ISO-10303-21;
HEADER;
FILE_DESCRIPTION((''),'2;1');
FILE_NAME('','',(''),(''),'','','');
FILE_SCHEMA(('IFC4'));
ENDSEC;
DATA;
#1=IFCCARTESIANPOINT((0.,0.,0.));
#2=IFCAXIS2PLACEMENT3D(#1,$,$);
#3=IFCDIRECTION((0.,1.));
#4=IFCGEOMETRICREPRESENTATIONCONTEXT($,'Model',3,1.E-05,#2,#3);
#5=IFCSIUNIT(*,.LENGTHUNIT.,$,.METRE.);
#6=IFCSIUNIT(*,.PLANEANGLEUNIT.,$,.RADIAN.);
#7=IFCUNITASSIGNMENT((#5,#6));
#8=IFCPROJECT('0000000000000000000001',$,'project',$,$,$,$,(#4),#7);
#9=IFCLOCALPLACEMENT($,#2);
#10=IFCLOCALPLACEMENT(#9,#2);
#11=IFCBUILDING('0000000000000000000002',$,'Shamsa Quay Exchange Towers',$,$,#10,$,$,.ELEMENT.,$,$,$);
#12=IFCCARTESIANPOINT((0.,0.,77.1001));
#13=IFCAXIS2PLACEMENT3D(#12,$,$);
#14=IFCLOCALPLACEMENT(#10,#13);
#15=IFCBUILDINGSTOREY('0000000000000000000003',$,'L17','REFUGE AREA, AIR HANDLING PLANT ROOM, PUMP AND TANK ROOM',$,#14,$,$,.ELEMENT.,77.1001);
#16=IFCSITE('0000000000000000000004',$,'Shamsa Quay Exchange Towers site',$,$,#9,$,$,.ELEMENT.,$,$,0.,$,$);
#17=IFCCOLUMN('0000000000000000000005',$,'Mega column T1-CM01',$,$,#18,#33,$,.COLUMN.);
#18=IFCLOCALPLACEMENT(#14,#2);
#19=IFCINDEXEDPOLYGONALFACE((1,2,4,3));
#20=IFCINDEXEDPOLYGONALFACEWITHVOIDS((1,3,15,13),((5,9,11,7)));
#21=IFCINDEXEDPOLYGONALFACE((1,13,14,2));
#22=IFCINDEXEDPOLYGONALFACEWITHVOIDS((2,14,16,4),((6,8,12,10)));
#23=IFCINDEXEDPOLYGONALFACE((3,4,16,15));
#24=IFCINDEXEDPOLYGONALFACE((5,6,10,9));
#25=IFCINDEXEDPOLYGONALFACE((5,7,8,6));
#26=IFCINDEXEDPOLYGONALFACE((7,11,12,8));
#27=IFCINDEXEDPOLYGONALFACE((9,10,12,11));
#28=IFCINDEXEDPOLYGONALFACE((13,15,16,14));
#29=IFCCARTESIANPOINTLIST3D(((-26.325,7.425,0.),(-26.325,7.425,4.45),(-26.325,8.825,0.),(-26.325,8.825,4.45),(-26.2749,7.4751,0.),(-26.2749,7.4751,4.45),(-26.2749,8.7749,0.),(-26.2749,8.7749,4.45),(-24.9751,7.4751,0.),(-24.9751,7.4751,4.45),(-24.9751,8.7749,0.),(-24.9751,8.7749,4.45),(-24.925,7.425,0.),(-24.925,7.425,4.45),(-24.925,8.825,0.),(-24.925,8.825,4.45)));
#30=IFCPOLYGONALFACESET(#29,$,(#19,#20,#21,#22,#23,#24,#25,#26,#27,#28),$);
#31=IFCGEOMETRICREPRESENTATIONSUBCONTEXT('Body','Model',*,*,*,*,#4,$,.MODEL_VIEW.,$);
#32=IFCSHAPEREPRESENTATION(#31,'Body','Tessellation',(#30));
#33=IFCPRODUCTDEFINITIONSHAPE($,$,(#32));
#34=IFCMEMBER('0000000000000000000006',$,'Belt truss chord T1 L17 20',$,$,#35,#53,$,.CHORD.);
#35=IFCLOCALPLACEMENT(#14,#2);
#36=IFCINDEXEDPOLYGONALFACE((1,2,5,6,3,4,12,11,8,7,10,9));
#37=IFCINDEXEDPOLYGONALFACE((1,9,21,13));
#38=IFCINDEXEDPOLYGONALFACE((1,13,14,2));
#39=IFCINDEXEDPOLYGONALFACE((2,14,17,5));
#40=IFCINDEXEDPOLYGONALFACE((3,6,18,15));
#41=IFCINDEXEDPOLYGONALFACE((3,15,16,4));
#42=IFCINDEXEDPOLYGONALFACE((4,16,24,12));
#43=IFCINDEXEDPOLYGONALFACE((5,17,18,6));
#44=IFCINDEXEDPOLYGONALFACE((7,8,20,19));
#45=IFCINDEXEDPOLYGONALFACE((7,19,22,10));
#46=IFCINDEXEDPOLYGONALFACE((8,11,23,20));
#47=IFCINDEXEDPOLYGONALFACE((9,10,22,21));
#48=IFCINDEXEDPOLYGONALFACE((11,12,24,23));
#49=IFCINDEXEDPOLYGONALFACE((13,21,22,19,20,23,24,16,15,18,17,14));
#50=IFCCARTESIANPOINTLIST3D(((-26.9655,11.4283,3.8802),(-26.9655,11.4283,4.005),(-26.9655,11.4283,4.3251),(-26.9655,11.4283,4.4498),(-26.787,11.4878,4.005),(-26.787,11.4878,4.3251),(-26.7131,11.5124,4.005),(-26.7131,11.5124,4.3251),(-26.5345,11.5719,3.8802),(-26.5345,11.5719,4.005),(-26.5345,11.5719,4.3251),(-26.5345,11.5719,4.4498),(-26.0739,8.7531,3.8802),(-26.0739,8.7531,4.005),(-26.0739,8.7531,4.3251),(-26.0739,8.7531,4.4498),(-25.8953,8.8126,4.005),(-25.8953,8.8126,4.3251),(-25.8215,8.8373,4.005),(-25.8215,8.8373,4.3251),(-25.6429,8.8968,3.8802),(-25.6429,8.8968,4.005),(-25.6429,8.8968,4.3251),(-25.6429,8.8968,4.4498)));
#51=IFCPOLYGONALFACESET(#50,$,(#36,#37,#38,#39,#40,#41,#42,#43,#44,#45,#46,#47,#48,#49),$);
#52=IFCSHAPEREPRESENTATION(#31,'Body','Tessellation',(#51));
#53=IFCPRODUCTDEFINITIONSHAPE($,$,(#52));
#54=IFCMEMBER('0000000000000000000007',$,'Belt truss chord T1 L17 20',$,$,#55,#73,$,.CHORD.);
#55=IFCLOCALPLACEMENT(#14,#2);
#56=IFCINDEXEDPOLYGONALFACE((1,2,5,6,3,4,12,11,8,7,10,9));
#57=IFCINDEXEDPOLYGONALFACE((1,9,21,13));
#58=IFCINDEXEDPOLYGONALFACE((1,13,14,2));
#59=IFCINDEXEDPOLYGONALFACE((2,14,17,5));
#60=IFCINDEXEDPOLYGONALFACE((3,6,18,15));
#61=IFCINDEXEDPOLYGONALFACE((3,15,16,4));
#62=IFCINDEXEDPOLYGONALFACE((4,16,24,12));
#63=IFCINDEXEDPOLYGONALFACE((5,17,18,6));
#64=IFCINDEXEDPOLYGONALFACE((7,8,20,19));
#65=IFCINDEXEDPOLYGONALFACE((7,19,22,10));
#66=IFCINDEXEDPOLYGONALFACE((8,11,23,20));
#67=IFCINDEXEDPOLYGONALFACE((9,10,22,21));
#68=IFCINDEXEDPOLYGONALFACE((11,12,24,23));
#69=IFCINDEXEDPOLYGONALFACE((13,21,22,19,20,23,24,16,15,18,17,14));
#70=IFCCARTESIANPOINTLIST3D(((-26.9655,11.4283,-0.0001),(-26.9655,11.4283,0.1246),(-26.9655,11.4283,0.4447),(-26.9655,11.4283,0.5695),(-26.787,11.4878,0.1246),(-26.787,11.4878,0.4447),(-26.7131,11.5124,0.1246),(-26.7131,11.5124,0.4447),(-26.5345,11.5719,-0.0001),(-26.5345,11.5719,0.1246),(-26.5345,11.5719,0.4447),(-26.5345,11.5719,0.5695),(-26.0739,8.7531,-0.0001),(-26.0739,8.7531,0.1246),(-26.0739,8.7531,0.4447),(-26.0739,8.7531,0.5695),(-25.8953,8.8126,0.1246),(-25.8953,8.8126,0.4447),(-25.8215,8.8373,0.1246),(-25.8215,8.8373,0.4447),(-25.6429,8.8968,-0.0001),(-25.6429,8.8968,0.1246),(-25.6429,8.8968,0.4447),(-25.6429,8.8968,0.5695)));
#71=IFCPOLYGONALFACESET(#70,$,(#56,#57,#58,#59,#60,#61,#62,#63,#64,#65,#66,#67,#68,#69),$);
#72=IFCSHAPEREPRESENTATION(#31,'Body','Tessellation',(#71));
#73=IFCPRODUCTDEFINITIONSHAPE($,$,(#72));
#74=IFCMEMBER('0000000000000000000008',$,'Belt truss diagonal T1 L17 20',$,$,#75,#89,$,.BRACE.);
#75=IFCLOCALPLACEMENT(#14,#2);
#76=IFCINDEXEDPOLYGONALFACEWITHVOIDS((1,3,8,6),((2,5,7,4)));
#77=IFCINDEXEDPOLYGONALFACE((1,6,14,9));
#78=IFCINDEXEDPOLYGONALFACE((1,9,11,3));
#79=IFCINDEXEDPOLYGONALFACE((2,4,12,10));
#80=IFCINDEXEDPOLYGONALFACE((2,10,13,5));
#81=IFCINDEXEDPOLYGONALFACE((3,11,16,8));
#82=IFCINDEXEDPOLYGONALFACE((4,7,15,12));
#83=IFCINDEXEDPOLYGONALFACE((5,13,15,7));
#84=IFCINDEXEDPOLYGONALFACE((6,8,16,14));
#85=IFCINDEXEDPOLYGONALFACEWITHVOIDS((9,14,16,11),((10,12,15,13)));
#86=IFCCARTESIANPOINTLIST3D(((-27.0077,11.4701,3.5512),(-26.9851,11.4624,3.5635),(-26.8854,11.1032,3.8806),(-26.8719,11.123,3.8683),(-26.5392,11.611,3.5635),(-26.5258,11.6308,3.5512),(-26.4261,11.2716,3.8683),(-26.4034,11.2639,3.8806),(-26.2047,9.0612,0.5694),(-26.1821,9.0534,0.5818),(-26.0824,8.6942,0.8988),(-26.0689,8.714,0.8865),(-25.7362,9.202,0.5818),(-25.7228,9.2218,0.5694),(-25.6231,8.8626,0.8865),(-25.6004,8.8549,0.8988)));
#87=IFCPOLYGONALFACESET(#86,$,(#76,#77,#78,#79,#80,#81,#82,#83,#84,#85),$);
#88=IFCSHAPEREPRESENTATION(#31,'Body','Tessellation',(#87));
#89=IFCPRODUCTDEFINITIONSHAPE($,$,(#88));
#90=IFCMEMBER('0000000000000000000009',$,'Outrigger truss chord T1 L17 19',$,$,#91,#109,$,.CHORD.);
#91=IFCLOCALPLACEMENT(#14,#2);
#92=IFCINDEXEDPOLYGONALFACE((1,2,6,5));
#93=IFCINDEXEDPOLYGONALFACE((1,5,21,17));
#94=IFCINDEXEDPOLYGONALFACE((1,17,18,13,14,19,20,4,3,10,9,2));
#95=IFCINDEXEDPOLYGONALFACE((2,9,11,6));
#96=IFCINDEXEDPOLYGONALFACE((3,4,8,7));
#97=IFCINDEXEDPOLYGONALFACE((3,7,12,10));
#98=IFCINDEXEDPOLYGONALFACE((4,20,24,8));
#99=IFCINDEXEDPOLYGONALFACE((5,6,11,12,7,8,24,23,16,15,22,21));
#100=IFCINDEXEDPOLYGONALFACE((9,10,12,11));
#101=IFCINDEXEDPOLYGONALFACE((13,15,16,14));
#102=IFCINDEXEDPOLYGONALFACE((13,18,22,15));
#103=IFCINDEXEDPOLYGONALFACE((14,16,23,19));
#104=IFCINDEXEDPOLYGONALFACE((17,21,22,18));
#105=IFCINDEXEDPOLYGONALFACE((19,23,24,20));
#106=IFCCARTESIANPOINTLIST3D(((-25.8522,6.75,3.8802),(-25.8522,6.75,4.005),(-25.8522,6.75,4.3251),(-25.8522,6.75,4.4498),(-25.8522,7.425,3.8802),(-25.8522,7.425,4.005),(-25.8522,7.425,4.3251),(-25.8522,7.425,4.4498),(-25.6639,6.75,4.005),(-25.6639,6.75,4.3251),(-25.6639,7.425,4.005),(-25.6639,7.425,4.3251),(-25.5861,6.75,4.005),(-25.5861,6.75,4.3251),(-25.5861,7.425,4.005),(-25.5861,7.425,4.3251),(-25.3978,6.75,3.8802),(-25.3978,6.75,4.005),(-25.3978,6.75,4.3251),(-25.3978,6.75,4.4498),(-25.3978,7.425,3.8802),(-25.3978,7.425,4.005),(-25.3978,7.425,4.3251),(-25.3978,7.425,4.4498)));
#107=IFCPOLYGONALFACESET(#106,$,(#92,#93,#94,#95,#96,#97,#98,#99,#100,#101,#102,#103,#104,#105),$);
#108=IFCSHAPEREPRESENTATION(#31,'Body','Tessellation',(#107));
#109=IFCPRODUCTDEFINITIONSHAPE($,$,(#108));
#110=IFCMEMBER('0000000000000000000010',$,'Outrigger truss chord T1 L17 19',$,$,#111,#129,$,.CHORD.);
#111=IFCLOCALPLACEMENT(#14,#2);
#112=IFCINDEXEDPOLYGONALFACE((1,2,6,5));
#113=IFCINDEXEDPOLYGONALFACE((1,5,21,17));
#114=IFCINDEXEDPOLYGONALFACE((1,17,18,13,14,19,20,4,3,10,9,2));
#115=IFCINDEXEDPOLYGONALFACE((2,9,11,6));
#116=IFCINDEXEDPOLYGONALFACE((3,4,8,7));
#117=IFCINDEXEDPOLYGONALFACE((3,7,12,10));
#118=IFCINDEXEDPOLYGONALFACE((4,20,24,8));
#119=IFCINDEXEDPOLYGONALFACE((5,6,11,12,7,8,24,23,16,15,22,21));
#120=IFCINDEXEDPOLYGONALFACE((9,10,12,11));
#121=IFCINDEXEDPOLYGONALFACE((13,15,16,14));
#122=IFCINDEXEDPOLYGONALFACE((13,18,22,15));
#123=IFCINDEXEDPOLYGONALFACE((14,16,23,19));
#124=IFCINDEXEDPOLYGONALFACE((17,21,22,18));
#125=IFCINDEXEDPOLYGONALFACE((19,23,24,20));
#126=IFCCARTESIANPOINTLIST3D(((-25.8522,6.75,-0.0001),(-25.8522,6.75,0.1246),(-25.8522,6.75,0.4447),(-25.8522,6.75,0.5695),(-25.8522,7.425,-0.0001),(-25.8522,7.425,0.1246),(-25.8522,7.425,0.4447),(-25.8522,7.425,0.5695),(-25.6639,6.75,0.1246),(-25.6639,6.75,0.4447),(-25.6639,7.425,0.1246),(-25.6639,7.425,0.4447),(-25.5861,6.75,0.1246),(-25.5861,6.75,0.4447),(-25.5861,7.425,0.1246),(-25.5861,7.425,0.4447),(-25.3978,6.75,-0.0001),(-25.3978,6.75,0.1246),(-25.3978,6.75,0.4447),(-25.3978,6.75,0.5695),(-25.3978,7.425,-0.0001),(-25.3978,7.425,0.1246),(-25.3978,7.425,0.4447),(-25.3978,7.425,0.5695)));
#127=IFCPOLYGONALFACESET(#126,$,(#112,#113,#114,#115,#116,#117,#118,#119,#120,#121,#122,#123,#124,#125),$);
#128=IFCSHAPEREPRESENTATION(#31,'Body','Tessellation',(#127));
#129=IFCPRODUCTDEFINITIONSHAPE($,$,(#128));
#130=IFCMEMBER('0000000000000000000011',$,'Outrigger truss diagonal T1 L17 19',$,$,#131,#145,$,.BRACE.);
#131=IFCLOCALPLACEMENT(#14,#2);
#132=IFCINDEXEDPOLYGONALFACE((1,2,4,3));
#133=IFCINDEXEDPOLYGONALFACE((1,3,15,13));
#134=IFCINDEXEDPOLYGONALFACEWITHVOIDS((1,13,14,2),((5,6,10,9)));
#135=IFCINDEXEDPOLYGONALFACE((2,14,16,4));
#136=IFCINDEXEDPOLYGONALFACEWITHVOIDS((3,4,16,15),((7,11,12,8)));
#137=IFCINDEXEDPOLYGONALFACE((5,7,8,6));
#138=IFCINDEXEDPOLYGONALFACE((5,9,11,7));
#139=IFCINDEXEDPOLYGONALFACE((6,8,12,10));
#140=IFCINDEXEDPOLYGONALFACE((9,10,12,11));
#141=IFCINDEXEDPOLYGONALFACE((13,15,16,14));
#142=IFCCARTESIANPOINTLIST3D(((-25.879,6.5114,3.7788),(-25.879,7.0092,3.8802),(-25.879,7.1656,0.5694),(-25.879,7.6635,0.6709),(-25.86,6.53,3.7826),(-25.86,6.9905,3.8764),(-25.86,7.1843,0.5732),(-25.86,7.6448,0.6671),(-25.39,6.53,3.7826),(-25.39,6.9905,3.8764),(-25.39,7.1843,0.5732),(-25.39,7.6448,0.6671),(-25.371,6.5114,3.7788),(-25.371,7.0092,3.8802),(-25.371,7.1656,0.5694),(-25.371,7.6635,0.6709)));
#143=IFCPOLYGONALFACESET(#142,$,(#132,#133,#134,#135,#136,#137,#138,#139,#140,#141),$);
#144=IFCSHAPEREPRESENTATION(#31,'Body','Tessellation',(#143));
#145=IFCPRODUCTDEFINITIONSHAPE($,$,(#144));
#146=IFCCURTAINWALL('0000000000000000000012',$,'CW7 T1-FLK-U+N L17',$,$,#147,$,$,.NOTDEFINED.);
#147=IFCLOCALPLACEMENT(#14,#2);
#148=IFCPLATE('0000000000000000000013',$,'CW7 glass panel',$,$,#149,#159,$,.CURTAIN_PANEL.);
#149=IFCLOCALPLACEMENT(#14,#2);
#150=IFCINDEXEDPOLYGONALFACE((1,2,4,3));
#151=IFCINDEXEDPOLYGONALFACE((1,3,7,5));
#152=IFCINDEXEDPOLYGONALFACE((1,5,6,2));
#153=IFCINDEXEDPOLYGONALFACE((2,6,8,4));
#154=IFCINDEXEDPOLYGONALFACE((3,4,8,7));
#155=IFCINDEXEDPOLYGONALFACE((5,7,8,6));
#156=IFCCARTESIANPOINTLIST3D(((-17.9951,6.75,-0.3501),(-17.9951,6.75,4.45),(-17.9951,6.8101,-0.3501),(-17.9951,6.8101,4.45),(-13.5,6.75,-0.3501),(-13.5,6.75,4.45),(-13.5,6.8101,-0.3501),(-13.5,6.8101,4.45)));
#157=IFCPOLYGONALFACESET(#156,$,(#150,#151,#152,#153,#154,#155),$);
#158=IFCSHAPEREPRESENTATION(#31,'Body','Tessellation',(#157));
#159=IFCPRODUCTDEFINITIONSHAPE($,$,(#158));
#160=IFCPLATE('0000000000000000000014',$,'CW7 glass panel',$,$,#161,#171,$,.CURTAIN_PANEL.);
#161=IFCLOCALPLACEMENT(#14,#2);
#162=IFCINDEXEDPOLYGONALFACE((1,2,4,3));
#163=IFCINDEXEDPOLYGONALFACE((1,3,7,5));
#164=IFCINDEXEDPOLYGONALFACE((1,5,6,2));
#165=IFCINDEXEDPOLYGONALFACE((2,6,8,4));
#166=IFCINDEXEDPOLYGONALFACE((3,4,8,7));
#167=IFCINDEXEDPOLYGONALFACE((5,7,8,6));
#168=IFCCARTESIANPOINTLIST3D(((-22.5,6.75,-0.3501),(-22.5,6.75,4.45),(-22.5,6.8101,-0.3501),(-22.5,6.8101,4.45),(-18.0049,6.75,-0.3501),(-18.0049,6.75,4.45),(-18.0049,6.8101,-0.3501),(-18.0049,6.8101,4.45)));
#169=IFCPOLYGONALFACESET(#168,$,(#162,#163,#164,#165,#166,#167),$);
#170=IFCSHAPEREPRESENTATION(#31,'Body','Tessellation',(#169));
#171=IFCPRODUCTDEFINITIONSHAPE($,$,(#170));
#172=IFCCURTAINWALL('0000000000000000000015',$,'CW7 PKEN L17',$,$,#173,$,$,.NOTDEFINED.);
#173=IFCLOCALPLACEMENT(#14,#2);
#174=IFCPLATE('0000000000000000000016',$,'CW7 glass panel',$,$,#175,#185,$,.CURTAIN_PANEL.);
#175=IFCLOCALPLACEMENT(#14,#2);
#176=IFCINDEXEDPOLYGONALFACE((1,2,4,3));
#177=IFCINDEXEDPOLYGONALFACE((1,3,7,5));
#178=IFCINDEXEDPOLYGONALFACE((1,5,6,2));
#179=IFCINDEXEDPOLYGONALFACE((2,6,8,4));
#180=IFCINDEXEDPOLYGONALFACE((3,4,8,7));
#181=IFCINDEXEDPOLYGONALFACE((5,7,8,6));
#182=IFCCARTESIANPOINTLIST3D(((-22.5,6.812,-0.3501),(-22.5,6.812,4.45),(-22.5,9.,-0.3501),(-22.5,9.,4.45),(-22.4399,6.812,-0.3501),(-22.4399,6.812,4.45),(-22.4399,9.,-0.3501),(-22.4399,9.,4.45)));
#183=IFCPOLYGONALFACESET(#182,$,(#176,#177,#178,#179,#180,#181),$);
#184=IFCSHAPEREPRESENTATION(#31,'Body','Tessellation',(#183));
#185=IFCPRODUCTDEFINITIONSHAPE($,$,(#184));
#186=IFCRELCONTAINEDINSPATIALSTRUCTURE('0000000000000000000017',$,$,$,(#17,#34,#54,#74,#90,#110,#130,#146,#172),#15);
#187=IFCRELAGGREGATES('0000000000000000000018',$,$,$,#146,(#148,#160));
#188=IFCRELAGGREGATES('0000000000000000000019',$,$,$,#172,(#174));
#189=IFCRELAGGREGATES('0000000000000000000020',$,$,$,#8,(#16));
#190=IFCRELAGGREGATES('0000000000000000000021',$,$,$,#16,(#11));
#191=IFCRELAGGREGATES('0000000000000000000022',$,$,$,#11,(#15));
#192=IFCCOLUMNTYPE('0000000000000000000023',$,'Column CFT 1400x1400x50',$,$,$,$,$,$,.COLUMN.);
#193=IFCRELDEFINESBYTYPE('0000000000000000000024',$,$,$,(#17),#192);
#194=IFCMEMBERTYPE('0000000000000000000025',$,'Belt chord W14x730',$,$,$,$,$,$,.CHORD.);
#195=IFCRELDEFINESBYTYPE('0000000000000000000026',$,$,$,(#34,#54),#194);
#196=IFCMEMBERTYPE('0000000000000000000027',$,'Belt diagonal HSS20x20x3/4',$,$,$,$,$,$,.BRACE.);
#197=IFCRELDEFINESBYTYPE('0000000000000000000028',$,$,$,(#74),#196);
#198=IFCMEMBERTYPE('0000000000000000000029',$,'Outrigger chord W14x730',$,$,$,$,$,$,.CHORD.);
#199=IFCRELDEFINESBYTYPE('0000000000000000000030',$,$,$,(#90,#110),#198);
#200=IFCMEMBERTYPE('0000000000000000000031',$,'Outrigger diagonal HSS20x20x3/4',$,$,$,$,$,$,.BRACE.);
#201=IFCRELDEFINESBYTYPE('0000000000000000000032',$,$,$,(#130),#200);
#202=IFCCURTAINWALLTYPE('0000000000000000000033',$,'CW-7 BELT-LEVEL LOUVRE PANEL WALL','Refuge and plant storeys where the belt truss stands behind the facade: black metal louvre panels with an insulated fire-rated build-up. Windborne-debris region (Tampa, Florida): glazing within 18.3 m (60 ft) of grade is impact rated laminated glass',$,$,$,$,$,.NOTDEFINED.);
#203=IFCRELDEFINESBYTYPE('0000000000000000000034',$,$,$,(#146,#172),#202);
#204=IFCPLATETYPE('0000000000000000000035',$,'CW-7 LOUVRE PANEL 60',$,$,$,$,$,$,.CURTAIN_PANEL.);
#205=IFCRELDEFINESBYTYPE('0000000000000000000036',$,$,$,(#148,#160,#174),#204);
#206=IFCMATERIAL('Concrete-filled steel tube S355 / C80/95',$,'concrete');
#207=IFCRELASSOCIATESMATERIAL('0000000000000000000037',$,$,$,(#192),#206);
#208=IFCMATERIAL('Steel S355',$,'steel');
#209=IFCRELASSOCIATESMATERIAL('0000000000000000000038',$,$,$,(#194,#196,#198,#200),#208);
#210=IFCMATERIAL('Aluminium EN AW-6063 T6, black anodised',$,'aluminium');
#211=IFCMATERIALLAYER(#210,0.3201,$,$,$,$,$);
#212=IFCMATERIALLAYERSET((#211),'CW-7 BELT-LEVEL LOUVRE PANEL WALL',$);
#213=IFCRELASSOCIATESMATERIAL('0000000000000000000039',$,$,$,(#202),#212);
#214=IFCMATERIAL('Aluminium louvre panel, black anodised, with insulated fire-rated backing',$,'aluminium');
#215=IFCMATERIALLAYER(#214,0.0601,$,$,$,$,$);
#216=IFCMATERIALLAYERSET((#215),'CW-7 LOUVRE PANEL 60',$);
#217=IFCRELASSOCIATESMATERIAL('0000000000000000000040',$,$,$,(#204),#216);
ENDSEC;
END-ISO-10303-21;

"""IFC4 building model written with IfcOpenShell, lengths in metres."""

from ifc_helpers import new_model, si_unit, direction, frame, origin, origin_2d, place, context, subcontext, project, spatial, rectangle, hollow_rectangle, i_section, extrude, material, layer, layer_set, material_profile, profile_set, type_object, element, aggregate, save


model = new_model("IFC4")

# Units and contexts
model_context = context("Model", 3, precision=1e-05, world=origin(), true_north=direction((0.0, 1.0)))
body_context = subcontext(model_context, "Body", "Model", "MODEL_VIEW")
ifc_project = project(units=[si_unit("LENGTHUNIT", "METRE"), si_unit("PLANEANGLEUNIT", "RADIAN")], contexts=[model_context])

# Site, building, storey
site_placement = place(None, origin())
site = spatial("IfcSite", under=ifc_project, at=site_placement, Name="Shamsa Quay Exchange Towers site", CompositionType="ELEMENT", RefElevation=0.0)
building_placement = place(site_placement, origin())
building = spatial("IfcBuilding", under=site, at=building_placement, Name="Shamsa Quay Exchange Towers", CompositionType="ELEMENT")
storey_placement = place(building_placement, frame((0.0, 0.0, 77.1001)))
storey = spatial("IfcBuildingStorey", under=building, at=storey_placement, Name="L17", Description="REFUGE AREA, AIR HANDLING PLANT ROOM, PUMP AND TANK ROOM", CompositionType="ELEMENT", Elevation=77.1001)

# Column
ifc_material_1 = material(Name="Concrete-filled steel tube S355 / C80/95", Category="concrete")
ifc_material_profile_1 = material_profile(ifc_material_1, hollow_rectangle(XDim=1.3999, YDim=1.3999, WallThickness=0.05, at=origin_2d()), Name="CFT 1400x1400x50")
ifc_profile_set_1 = profile_set([ifc_material_profile_1], Name="Concrete-filled steel tube S355 / C80/95")
column_type = type_object("IfcColumnType", Name="Column CFT 1400x1400x50", PredefinedType="COLUMN", material=ifc_profile_set_1)
column_placement = place(storey_placement, frame((-25.625, 8.125, 0.0)))
element("IfcColumn", 1, at=column_placement, inside=storey, type_object=column_type, Name="Mega column T1-CM01", PredefinedType="COLUMN", context=body_context, shape_type="SweptSolid", body=[
    extrude(hollow_rectangle(XDim=1.3999, YDim=1.3999, WallThickness=0.05, at=origin_2d()), origin(), (0.0, 0.0, 1.0), 4.45),
])

# Members
ifc_material_2 = material(Name="Steel S355", Category="steel")
ifc_material_profile_2 = material_profile(ifc_material_2, i_section(OverallWidth=0.4543, OverallDepth=0.5696, WebThickness=0.0779, FlangeThickness=0.1248, at=origin_2d()), Name="W14x730")
ifc_profile_set_2 = profile_set([ifc_material_profile_2], Name="Steel S355")
member_type_1 = type_object("IfcMemberType", Name="Belt chord W14x730", PredefinedType="CHORD", material=ifc_profile_set_2)
for number, where, z_axis, x_axis, name in (
    (2, (-25.8584, 8.825, 4.165), (-0.316202, 0.948692, 0.0), (-0.948692, -0.316202, 0.0), "Belt truss chord T1 L17 20"),
    (3, (-25.8584, 8.825, 0.2847), (-0.316202, 0.948692, 0.0), (-0.948692, -0.316202, 0.0), "Belt truss chord T1 L17 20"),
):
    element("IfcMember", number, at=place(storey_placement, frame(where, z_axis=z_axis, x_axis=x_axis)), inside=storey, type_object=member_type_1, Name=name, PredefinedType="CHORD", context=body_context, shape_type="SweptSolid", body=[
        extrude(i_section(OverallWidth=0.4543, OverallDepth=0.5696, WebThickness=0.0779, FlangeThickness=0.1248, at=origin_2d()), origin(), (0.0, 0.0, 1.0), 2.8198),
    ])
ifc_material_profile_3 = material_profile(ifc_material_2, hollow_rectangle(XDim=0.5081, YDim=0.5081, WallThickness=0.019, at=origin_2d()), Name="HSS20x20x3/4")
ifc_profile_set_3 = profile_set([ifc_material_profile_3], Name="Steel S355")
member_type_2 = type_object("IfcMemberType", Name="Belt diagonal HSS20x20x3/4", PredefinedType="BRACE", material=ifc_profile_set_3)
member_1_placement = place(storey_placement, frame((-25.9026, 8.958, 0.7341), z_axis=(-0.20503, 0.615089, 0.761334), x_axis=(-0.948683, -0.316228, 0.0)))
element("IfcMember", 4, at=member_1_placement, inside=storey, type_object=member_type_2, Name="Belt truss diagonal T1 L17 20", PredefinedType="BRACE", context=body_context, shape_type="SweptSolid", body=[
    extrude(hollow_rectangle(XDim=0.5081, YDim=0.5081, WallThickness=0.019, at=origin_2d()), origin(), (0.0, 0.0, 1.0), 3.9165),
])
ifc_material_profile_4 = material_profile(ifc_material_2, i_section(OverallWidth=0.4543, OverallDepth=0.5696, WebThickness=0.0779, FlangeThickness=0.1248, at=origin_2d()), Name="W14x730")
ifc_profile_set_4 = profile_set([ifc_material_profile_4], Name="Steel S355")
member_type_3 = type_object("IfcMemberType", Name="Outrigger chord W14x730", PredefinedType="CHORD", material=ifc_profile_set_4)
for number, where, z_axis, x_axis, name in (
    (5, (-25.625, 7.425, 4.165), (0.0, -1.0, 0.0), (1.0, 0.0, 0.0), "Outrigger truss chord T1 L17 19"),
    (6, (-25.625, 7.425, 0.2847), (0.0, -1.0, 0.0), (1.0, 0.0, 0.0), "Outrigger truss chord T1 L17 19"),
):
    element("IfcMember", number, at=place(storey_placement, frame(where, z_axis=z_axis, x_axis=x_axis)), inside=storey, type_object=member_type_3, Name=name, PredefinedType="CHORD", context=body_context, shape_type="SweptSolid", body=[
        extrude(i_section(OverallWidth=0.4543, OverallDepth=0.5696, WebThickness=0.0779, FlangeThickness=0.1248, at=origin_2d()), origin(), (0.0, 0.0, 1.0), 0.675),
    ])
ifc_material_profile_5 = material_profile(ifc_material_2, hollow_rectangle(XDim=0.5081, YDim=0.5081, WallThickness=0.019, at=origin_2d()), Name="HSS20x20x3/4")
ifc_profile_set_5 = profile_set([ifc_material_profile_5], Name="Steel S355")
member_type_4 = type_object("IfcMemberType", Name="Outrigger diagonal HSS20x20x3/4", PredefinedType="BRACE", material=ifc_profile_set_5)
member_2_placement = place(storey_placement, frame((-25.625, 7.4146, 0.6201), z_axis=(0.0, -0.199756, 0.979846), x_axis=(1.0, 0.0, 0.0)))
element("IfcMember", 7, at=member_2_placement, inside=storey, type_object=member_type_4, Name="Outrigger truss diagonal T1 L17 19", PredefinedType="BRACE", context=body_context, shape_type="SweptSolid", body=[
    extrude(hollow_rectangle(XDim=0.5081, YDim=0.5081, WallThickness=0.019, at=origin_2d()), origin(), (0.0, 0.0, 1.0), 3.2754),
])

# Curtain walls, plates
ifc_material_3 = material(Name="Aluminium EN AW-6063 T6, black anodised", Category="aluminium")
ifc_layer_1 = layer(ifc_material_3, 0.3201)
ifc_layer_set_1 = layer_set([ifc_layer_1], Name="CW-7 BELT-LEVEL LOUVRE PANEL WALL")
curtain_wall_type = type_object("IfcCurtainWallType", Name="CW-7 BELT-LEVEL LOUVRE PANEL WALL", Description="Refuge and plant storeys where the belt truss stands behind the facade: black metal louvre panels with an insulated fire-rated build-up. Windborne-debris region (Tampa, Florida): glazing within 18.3 m (60 ft) of grade is impact rated laminated glass", PredefinedType="NOTDEFINED", material=ifc_layer_set_1)
curtain_wall_1_placement = place(storey_placement, origin())
curtain_wall_1 = element("IfcCurtainWall", 8, at=curtain_wall_1_placement, inside=storey, type_object=curtain_wall_type, Name="CW7 T1-FLK-U+N L17", PredefinedType="NOTDEFINED")
ifc_material_4 = material(Name="Aluminium louvre panel, black anodised, with insulated fire-rated backing", Category="aluminium")
ifc_layer_2 = layer(ifc_material_4, 0.0601)
ifc_layer_set_2 = layer_set([ifc_layer_2], Name="CW-7 LOUVRE PANEL 60")
plate_type = type_object("IfcPlateType", Name="CW-7 LOUVRE PANEL 60", PredefinedType="CURTAIN_PANEL", material=ifc_layer_set_2)
plate_1_placement = place(storey_placement, frame((-15.7476, 6.78, -0.3501), z_axis=(0.0, 0.0, 1.0), x_axis=(-1.0, 0.0, 0.0)))
plate_1 = element("IfcPlate", 9, at=plate_1_placement, type_object=plate_type, Name="CW7 glass panel", PredefinedType="CURTAIN_PANEL", context=body_context, shape_type="SweptSolid", body=[
    extrude(rectangle(XDim=4.4951, YDim=0.0601, at=origin_2d()), origin(), (0.0, 0.0, 1.0), 4.8),
])
plate_2_placement = place(storey_placement, frame((-20.2524, 6.78, -0.3501), z_axis=(0.0, 0.0, 1.0), x_axis=(-1.0, 0.0, 0.0)))
plate_2 = element("IfcPlate", 10, at=plate_2_placement, type_object=plate_type, Name="CW7 glass panel", PredefinedType="CURTAIN_PANEL", context=body_context, shape_type="SweptSolid", body=[
    extrude(rectangle(XDim=4.4951, YDim=0.0601, at=origin_2d()), origin(), (0.0, 0.0, 1.0), 4.8),
])
aggregate(curtain_wall_1, [plate_1, plate_2])
curtain_wall_2_placement = place(storey_placement, origin())
curtain_wall_2 = element("IfcCurtainWall", 11, at=curtain_wall_2_placement, inside=storey, type_object=curtain_wall_type, Name="CW7 PKEN L17", PredefinedType="NOTDEFINED")
plate_3_placement = place(storey_placement, frame((-22.47, 7.906, -0.3501), z_axis=(0.0, 0.0, 1.0), x_axis=(0.0, 1.0, 0.0)))
plate_3 = element("IfcPlate", 12, at=plate_3_placement, type_object=plate_type, Name="CW7 glass panel", PredefinedType="CURTAIN_PANEL", context=body_context, shape_type="SweptSolid", body=[
    extrude(rectangle(XDim=2.188, YDim=0.0601, at=origin_2d()), origin(), (0.0, 0.0, 1.0), 4.8),
])
aggregate(curtain_wall_2, [plate_3])

save(model, "model.ifc")
